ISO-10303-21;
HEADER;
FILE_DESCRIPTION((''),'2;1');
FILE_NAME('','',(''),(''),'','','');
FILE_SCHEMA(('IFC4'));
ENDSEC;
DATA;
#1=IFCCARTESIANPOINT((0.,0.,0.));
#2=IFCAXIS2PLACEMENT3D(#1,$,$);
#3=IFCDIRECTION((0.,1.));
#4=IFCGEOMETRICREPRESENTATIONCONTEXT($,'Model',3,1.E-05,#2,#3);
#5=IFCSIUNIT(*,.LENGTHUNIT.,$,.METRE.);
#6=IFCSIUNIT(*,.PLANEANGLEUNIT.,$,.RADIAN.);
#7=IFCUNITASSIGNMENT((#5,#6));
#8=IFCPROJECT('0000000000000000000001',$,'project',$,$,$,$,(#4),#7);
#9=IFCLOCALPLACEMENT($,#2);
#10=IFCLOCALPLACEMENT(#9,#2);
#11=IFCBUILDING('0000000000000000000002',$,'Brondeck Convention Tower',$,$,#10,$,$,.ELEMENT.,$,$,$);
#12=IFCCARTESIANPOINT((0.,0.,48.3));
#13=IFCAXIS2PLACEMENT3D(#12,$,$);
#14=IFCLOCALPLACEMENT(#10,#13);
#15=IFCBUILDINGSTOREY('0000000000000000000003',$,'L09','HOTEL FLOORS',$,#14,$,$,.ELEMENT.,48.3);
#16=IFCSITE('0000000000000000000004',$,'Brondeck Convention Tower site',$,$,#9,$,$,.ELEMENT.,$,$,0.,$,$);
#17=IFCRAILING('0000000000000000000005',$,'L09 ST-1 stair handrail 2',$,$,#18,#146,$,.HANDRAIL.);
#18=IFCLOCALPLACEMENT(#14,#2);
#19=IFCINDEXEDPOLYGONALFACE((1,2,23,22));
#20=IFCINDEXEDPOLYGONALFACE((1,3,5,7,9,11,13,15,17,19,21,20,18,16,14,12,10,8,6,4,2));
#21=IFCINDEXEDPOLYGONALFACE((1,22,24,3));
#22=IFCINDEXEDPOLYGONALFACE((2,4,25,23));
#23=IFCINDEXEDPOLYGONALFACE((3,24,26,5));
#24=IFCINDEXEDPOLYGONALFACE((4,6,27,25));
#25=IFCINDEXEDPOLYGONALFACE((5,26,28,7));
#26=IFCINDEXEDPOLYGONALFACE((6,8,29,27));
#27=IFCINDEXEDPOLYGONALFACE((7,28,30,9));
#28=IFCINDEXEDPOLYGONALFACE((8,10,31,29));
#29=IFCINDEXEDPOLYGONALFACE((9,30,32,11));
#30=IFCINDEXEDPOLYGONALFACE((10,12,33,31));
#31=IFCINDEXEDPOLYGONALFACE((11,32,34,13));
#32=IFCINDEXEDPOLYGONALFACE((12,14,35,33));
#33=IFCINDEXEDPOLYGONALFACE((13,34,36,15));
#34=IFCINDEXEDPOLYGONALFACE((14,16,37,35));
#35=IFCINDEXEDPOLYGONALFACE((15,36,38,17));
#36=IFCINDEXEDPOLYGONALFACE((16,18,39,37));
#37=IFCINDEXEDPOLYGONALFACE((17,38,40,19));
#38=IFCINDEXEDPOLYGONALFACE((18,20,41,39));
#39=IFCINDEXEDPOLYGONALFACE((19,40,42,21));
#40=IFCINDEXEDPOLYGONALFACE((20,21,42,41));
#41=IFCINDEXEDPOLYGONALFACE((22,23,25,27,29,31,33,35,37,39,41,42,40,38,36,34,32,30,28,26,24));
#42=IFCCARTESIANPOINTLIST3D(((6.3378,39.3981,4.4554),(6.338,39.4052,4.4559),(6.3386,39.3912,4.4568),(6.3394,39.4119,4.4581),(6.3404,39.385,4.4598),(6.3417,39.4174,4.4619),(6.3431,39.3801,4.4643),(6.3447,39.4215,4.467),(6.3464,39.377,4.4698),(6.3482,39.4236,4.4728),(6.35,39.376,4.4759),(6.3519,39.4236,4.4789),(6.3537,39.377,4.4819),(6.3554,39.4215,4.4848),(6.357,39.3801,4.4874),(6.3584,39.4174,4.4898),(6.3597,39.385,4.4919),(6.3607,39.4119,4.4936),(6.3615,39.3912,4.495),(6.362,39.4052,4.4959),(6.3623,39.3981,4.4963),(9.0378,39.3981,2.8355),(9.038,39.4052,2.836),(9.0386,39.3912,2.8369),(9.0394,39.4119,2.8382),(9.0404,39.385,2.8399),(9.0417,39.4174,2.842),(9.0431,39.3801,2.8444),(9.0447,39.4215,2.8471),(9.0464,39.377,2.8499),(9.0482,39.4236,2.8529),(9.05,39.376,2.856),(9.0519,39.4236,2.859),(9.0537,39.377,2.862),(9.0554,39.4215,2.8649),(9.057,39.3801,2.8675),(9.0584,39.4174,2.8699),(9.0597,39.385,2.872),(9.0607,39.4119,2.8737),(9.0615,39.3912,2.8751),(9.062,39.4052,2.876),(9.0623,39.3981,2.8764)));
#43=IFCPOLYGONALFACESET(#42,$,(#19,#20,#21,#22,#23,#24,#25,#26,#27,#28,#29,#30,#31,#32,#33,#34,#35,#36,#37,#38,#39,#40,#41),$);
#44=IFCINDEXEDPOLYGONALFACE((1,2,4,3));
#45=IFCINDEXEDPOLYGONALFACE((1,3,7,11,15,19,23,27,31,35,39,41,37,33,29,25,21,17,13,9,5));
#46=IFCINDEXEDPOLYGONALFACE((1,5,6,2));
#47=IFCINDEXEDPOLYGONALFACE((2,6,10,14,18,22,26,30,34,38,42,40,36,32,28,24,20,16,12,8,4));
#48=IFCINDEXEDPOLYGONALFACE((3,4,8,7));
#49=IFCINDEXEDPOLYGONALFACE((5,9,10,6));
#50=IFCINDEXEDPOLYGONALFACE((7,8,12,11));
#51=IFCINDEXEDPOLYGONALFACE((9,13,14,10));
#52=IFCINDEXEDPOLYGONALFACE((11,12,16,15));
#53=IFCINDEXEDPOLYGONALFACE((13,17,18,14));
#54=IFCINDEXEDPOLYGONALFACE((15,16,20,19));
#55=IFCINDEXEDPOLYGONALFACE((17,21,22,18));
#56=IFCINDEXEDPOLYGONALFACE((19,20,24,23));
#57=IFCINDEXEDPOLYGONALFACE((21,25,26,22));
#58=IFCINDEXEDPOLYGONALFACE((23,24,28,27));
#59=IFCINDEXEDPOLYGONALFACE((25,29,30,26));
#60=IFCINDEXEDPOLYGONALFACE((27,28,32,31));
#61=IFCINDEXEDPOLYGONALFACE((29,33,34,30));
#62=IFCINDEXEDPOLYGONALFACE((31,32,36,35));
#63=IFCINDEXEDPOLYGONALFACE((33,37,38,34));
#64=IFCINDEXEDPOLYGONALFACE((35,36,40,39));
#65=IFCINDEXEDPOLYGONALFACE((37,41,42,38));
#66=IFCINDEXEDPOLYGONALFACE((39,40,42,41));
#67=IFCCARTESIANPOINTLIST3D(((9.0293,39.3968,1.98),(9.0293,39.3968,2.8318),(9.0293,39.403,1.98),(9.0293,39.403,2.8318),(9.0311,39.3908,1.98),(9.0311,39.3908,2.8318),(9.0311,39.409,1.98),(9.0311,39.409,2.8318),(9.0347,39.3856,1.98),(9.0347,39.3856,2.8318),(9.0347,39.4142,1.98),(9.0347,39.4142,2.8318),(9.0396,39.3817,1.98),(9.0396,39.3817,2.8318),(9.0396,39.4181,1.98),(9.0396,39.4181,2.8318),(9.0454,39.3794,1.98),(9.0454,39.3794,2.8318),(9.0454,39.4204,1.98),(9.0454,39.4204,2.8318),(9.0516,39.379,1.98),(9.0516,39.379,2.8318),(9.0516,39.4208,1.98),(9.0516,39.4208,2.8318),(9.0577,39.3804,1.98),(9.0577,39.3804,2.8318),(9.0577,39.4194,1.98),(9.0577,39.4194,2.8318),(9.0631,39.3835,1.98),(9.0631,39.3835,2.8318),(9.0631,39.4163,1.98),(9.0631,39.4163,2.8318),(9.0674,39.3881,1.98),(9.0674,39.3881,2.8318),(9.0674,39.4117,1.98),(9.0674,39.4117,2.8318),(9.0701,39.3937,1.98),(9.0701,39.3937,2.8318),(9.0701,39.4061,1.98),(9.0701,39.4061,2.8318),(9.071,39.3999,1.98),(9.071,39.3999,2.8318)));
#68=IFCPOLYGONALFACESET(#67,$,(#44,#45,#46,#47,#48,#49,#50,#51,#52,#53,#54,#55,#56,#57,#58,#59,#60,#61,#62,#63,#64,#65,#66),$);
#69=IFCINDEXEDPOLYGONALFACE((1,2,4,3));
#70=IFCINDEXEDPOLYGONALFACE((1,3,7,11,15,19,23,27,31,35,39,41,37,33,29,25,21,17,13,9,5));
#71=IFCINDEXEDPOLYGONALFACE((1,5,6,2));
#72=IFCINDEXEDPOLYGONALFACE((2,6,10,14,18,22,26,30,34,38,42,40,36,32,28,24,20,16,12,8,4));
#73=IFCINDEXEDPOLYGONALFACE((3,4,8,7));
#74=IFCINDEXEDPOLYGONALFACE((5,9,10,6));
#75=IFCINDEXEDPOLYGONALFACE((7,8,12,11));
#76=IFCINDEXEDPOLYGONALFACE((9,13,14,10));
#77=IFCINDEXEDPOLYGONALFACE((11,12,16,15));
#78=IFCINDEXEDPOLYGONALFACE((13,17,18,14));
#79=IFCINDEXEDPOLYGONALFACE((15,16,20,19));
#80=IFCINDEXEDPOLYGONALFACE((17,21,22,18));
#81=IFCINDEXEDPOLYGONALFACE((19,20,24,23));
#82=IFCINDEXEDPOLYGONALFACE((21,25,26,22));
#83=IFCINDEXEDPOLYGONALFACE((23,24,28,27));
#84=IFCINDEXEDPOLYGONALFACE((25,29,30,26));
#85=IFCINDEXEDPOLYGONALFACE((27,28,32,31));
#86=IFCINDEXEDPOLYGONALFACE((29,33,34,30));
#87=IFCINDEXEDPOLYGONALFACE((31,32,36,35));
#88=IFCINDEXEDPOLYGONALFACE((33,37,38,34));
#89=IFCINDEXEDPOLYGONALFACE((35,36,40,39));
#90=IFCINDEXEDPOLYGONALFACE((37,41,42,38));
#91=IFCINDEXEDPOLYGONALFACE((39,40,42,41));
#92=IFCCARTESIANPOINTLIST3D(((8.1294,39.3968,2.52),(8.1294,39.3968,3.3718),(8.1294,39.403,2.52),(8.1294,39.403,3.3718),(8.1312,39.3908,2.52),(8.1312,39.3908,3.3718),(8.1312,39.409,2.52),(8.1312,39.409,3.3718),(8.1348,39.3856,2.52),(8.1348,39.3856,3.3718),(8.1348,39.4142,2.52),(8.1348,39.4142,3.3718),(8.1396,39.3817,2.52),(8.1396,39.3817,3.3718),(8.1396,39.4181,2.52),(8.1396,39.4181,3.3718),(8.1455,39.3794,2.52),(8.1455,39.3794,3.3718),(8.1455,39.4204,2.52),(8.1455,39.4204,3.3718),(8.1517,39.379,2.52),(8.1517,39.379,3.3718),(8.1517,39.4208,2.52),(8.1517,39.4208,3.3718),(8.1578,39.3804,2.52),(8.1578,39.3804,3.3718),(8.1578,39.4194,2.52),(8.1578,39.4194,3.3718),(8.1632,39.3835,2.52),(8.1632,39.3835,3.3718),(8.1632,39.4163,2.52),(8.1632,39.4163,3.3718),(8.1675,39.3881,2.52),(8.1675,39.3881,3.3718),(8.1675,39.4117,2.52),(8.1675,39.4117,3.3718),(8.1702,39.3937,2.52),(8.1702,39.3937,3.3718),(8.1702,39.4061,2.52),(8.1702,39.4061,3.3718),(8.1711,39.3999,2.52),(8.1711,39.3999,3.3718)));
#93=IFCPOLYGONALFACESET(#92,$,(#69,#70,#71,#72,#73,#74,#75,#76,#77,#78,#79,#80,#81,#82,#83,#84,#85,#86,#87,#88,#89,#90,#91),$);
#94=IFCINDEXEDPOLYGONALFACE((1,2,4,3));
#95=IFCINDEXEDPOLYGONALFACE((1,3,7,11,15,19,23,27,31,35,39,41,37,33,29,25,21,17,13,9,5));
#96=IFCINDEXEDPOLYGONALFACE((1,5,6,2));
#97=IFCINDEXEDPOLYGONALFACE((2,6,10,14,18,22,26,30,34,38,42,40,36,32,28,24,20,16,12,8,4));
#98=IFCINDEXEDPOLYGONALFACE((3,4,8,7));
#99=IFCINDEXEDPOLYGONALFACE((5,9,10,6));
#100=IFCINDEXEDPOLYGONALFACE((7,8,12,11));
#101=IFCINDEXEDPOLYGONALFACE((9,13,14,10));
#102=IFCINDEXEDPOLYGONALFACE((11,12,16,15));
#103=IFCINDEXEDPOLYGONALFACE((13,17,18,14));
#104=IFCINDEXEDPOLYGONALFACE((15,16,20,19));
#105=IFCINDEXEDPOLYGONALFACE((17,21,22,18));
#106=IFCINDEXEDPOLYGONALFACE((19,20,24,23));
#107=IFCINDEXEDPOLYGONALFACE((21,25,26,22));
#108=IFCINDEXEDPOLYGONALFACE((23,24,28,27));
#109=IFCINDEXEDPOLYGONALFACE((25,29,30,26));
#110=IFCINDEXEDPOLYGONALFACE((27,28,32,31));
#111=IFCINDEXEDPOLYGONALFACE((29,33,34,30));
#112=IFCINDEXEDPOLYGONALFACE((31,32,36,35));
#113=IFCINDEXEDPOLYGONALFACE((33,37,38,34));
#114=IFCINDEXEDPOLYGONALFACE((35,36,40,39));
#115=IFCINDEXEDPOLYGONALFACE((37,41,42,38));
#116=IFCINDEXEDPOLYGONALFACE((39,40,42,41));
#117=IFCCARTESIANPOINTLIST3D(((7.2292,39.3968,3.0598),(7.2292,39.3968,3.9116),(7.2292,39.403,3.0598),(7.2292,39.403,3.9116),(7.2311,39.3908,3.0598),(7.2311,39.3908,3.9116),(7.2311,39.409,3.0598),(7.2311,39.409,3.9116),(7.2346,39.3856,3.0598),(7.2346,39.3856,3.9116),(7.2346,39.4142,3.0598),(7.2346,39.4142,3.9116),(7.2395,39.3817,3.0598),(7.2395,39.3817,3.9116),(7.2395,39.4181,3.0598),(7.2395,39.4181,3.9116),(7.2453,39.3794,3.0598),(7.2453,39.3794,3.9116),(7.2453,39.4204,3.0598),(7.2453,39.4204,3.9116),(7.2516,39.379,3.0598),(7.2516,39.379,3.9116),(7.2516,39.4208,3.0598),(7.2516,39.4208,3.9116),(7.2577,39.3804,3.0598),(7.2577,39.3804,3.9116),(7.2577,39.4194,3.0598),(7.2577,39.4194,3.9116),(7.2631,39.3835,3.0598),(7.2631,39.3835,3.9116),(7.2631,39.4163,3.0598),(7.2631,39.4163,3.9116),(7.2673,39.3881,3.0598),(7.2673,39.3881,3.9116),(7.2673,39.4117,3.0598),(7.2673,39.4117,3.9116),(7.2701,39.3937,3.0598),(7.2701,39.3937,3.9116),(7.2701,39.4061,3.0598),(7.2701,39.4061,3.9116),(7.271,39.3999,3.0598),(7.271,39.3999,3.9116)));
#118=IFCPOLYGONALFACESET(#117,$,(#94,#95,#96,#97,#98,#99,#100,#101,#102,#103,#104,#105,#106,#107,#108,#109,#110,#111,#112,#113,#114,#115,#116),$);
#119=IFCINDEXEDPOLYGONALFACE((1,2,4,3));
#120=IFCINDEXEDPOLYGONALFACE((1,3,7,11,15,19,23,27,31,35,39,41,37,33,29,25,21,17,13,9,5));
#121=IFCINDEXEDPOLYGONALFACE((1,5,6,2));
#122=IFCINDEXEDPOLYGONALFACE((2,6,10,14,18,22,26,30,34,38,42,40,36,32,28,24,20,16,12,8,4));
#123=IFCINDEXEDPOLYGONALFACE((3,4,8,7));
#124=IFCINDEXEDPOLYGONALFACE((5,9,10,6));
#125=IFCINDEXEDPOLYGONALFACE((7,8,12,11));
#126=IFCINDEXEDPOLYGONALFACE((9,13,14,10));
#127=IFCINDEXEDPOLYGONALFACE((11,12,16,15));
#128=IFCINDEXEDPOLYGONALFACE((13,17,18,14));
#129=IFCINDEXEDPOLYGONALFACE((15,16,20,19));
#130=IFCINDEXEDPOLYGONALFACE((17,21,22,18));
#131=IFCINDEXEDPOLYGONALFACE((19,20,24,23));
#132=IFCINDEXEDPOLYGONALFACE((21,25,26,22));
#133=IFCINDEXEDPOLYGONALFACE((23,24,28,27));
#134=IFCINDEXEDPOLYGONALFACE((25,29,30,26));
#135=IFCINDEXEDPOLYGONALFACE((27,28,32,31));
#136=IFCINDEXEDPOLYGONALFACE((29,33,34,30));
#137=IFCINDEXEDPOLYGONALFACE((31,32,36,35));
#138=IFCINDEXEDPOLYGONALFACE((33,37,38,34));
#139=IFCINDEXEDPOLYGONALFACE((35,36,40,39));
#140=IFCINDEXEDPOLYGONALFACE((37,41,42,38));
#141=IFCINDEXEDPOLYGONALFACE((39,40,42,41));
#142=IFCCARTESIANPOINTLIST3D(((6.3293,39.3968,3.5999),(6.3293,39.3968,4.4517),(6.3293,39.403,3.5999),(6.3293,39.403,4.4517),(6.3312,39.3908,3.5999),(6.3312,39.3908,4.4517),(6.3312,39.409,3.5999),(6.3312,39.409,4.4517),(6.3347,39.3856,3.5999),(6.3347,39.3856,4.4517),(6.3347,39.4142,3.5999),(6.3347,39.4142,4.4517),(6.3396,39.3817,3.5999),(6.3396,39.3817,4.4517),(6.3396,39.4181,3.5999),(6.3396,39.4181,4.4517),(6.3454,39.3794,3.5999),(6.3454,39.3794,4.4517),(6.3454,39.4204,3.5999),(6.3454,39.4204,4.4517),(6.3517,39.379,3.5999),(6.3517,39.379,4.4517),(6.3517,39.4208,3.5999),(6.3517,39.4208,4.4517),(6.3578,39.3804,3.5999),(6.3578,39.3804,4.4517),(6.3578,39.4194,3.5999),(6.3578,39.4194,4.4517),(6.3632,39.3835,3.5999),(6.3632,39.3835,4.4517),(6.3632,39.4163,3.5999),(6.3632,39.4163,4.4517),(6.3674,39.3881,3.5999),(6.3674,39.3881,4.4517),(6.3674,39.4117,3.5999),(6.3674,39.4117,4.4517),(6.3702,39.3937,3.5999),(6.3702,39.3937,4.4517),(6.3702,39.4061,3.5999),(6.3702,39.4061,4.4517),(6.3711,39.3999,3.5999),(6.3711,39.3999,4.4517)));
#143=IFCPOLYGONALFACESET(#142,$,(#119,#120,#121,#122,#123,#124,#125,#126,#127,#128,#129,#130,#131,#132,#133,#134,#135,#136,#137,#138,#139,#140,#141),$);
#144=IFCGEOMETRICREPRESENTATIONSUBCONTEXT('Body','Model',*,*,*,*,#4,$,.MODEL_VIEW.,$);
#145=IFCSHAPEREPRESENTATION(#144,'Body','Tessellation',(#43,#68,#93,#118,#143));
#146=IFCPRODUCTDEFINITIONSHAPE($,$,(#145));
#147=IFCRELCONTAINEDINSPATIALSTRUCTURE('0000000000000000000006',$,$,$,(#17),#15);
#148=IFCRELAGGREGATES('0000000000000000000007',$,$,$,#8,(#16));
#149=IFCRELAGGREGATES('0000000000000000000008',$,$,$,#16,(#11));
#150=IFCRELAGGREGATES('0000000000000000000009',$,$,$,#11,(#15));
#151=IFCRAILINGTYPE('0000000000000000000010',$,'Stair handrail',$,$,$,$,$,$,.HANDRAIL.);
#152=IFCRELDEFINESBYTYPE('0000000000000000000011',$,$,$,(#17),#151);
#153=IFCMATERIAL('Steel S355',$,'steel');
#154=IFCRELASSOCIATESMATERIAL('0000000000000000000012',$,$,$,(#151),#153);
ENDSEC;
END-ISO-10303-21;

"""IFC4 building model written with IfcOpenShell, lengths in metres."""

from ifc_helpers import new_model, si_unit, direction, frame, origin, origin_2d, place, context, subcontext, project, spatial, circle, extrude, material, type_object, element, save


model = new_model("IFC4")

# Units and contexts
model_context = context("Model", 3, precision=1e-05, world=origin(), true_north=direction((0.0, 1.0)))
body_context = subcontext(model_context, "Body", "Model", "MODEL_VIEW")
ifc_project = project(units=[si_unit("LENGTHUNIT", "METRE"), si_unit("PLANEANGLEUNIT", "RADIAN")], contexts=[model_context])

# Site, building, storey
site_placement = place(None, origin())
site = spatial("IfcSite", under=ifc_project, at=site_placement, Name="Brondeck Convention Tower site", CompositionType="ELEMENT", RefElevation=0.0)
building_placement = place(site_placement, origin())
building = spatial("IfcBuilding", under=site, at=building_placement, Name="Brondeck Convention Tower", CompositionType="ELEMENT")
storey_placement = place(building_placement, frame((0.0, 0.0, 48.3)))
storey = spatial("IfcBuildingStorey", under=building, at=storey_placement, Name="L09", Description="HOTEL FLOORS", CompositionType="ELEMENT", Elevation=48.3)

# Shared definitions
ifc_material_1 = material(Name="Steel S355", Category="steel")

# Railing
railing_type = type_object("IfcRailingType", Name="Stair handrail", PredefinedType="HANDRAIL", material=ifc_material_1)
railing_placement = place(storey_placement, frame((9.05, 39.3999, 1.98)))
element("IfcRailing", 1, at=railing_placement, inside=storey, type_object=railing_type, Name="L09 ST-1 stair handrail 2", PredefinedType="HANDRAIL", context=body_context, shape_type="SweptSolid", body=[
    extrude(circle(Radius=0.0239, at=origin_2d()), frame((0.0, 0.0, 0.876), z_axis=(-0.857507, 0.0, 0.514473), x_axis=(0.0, -1.0, 0.0)), (0.0, 0.0, 1.0), 3.1487),
    extrude(circle(Radius=0.021, at=origin_2d()), origin(), (0.0, 0.0, 1.0), 0.8518),
    extrude(circle(Radius=0.021, at=origin_2d()), frame((-0.8999, 0.0, 0.54)), (0.0, 0.0, 1.0), 0.8518),
    extrude(circle(Radius=0.021, at=origin_2d()), frame((-1.8, 0.0, 1.0798)), (0.0, 0.0, 1.0), 0.8518),
    extrude(circle(Radius=0.021, at=origin_2d()), frame((-2.7, 0.0, 1.6199)), (0.0, 0.0, 1.0), 0.8518),
])

save(model, "model.ifc")
